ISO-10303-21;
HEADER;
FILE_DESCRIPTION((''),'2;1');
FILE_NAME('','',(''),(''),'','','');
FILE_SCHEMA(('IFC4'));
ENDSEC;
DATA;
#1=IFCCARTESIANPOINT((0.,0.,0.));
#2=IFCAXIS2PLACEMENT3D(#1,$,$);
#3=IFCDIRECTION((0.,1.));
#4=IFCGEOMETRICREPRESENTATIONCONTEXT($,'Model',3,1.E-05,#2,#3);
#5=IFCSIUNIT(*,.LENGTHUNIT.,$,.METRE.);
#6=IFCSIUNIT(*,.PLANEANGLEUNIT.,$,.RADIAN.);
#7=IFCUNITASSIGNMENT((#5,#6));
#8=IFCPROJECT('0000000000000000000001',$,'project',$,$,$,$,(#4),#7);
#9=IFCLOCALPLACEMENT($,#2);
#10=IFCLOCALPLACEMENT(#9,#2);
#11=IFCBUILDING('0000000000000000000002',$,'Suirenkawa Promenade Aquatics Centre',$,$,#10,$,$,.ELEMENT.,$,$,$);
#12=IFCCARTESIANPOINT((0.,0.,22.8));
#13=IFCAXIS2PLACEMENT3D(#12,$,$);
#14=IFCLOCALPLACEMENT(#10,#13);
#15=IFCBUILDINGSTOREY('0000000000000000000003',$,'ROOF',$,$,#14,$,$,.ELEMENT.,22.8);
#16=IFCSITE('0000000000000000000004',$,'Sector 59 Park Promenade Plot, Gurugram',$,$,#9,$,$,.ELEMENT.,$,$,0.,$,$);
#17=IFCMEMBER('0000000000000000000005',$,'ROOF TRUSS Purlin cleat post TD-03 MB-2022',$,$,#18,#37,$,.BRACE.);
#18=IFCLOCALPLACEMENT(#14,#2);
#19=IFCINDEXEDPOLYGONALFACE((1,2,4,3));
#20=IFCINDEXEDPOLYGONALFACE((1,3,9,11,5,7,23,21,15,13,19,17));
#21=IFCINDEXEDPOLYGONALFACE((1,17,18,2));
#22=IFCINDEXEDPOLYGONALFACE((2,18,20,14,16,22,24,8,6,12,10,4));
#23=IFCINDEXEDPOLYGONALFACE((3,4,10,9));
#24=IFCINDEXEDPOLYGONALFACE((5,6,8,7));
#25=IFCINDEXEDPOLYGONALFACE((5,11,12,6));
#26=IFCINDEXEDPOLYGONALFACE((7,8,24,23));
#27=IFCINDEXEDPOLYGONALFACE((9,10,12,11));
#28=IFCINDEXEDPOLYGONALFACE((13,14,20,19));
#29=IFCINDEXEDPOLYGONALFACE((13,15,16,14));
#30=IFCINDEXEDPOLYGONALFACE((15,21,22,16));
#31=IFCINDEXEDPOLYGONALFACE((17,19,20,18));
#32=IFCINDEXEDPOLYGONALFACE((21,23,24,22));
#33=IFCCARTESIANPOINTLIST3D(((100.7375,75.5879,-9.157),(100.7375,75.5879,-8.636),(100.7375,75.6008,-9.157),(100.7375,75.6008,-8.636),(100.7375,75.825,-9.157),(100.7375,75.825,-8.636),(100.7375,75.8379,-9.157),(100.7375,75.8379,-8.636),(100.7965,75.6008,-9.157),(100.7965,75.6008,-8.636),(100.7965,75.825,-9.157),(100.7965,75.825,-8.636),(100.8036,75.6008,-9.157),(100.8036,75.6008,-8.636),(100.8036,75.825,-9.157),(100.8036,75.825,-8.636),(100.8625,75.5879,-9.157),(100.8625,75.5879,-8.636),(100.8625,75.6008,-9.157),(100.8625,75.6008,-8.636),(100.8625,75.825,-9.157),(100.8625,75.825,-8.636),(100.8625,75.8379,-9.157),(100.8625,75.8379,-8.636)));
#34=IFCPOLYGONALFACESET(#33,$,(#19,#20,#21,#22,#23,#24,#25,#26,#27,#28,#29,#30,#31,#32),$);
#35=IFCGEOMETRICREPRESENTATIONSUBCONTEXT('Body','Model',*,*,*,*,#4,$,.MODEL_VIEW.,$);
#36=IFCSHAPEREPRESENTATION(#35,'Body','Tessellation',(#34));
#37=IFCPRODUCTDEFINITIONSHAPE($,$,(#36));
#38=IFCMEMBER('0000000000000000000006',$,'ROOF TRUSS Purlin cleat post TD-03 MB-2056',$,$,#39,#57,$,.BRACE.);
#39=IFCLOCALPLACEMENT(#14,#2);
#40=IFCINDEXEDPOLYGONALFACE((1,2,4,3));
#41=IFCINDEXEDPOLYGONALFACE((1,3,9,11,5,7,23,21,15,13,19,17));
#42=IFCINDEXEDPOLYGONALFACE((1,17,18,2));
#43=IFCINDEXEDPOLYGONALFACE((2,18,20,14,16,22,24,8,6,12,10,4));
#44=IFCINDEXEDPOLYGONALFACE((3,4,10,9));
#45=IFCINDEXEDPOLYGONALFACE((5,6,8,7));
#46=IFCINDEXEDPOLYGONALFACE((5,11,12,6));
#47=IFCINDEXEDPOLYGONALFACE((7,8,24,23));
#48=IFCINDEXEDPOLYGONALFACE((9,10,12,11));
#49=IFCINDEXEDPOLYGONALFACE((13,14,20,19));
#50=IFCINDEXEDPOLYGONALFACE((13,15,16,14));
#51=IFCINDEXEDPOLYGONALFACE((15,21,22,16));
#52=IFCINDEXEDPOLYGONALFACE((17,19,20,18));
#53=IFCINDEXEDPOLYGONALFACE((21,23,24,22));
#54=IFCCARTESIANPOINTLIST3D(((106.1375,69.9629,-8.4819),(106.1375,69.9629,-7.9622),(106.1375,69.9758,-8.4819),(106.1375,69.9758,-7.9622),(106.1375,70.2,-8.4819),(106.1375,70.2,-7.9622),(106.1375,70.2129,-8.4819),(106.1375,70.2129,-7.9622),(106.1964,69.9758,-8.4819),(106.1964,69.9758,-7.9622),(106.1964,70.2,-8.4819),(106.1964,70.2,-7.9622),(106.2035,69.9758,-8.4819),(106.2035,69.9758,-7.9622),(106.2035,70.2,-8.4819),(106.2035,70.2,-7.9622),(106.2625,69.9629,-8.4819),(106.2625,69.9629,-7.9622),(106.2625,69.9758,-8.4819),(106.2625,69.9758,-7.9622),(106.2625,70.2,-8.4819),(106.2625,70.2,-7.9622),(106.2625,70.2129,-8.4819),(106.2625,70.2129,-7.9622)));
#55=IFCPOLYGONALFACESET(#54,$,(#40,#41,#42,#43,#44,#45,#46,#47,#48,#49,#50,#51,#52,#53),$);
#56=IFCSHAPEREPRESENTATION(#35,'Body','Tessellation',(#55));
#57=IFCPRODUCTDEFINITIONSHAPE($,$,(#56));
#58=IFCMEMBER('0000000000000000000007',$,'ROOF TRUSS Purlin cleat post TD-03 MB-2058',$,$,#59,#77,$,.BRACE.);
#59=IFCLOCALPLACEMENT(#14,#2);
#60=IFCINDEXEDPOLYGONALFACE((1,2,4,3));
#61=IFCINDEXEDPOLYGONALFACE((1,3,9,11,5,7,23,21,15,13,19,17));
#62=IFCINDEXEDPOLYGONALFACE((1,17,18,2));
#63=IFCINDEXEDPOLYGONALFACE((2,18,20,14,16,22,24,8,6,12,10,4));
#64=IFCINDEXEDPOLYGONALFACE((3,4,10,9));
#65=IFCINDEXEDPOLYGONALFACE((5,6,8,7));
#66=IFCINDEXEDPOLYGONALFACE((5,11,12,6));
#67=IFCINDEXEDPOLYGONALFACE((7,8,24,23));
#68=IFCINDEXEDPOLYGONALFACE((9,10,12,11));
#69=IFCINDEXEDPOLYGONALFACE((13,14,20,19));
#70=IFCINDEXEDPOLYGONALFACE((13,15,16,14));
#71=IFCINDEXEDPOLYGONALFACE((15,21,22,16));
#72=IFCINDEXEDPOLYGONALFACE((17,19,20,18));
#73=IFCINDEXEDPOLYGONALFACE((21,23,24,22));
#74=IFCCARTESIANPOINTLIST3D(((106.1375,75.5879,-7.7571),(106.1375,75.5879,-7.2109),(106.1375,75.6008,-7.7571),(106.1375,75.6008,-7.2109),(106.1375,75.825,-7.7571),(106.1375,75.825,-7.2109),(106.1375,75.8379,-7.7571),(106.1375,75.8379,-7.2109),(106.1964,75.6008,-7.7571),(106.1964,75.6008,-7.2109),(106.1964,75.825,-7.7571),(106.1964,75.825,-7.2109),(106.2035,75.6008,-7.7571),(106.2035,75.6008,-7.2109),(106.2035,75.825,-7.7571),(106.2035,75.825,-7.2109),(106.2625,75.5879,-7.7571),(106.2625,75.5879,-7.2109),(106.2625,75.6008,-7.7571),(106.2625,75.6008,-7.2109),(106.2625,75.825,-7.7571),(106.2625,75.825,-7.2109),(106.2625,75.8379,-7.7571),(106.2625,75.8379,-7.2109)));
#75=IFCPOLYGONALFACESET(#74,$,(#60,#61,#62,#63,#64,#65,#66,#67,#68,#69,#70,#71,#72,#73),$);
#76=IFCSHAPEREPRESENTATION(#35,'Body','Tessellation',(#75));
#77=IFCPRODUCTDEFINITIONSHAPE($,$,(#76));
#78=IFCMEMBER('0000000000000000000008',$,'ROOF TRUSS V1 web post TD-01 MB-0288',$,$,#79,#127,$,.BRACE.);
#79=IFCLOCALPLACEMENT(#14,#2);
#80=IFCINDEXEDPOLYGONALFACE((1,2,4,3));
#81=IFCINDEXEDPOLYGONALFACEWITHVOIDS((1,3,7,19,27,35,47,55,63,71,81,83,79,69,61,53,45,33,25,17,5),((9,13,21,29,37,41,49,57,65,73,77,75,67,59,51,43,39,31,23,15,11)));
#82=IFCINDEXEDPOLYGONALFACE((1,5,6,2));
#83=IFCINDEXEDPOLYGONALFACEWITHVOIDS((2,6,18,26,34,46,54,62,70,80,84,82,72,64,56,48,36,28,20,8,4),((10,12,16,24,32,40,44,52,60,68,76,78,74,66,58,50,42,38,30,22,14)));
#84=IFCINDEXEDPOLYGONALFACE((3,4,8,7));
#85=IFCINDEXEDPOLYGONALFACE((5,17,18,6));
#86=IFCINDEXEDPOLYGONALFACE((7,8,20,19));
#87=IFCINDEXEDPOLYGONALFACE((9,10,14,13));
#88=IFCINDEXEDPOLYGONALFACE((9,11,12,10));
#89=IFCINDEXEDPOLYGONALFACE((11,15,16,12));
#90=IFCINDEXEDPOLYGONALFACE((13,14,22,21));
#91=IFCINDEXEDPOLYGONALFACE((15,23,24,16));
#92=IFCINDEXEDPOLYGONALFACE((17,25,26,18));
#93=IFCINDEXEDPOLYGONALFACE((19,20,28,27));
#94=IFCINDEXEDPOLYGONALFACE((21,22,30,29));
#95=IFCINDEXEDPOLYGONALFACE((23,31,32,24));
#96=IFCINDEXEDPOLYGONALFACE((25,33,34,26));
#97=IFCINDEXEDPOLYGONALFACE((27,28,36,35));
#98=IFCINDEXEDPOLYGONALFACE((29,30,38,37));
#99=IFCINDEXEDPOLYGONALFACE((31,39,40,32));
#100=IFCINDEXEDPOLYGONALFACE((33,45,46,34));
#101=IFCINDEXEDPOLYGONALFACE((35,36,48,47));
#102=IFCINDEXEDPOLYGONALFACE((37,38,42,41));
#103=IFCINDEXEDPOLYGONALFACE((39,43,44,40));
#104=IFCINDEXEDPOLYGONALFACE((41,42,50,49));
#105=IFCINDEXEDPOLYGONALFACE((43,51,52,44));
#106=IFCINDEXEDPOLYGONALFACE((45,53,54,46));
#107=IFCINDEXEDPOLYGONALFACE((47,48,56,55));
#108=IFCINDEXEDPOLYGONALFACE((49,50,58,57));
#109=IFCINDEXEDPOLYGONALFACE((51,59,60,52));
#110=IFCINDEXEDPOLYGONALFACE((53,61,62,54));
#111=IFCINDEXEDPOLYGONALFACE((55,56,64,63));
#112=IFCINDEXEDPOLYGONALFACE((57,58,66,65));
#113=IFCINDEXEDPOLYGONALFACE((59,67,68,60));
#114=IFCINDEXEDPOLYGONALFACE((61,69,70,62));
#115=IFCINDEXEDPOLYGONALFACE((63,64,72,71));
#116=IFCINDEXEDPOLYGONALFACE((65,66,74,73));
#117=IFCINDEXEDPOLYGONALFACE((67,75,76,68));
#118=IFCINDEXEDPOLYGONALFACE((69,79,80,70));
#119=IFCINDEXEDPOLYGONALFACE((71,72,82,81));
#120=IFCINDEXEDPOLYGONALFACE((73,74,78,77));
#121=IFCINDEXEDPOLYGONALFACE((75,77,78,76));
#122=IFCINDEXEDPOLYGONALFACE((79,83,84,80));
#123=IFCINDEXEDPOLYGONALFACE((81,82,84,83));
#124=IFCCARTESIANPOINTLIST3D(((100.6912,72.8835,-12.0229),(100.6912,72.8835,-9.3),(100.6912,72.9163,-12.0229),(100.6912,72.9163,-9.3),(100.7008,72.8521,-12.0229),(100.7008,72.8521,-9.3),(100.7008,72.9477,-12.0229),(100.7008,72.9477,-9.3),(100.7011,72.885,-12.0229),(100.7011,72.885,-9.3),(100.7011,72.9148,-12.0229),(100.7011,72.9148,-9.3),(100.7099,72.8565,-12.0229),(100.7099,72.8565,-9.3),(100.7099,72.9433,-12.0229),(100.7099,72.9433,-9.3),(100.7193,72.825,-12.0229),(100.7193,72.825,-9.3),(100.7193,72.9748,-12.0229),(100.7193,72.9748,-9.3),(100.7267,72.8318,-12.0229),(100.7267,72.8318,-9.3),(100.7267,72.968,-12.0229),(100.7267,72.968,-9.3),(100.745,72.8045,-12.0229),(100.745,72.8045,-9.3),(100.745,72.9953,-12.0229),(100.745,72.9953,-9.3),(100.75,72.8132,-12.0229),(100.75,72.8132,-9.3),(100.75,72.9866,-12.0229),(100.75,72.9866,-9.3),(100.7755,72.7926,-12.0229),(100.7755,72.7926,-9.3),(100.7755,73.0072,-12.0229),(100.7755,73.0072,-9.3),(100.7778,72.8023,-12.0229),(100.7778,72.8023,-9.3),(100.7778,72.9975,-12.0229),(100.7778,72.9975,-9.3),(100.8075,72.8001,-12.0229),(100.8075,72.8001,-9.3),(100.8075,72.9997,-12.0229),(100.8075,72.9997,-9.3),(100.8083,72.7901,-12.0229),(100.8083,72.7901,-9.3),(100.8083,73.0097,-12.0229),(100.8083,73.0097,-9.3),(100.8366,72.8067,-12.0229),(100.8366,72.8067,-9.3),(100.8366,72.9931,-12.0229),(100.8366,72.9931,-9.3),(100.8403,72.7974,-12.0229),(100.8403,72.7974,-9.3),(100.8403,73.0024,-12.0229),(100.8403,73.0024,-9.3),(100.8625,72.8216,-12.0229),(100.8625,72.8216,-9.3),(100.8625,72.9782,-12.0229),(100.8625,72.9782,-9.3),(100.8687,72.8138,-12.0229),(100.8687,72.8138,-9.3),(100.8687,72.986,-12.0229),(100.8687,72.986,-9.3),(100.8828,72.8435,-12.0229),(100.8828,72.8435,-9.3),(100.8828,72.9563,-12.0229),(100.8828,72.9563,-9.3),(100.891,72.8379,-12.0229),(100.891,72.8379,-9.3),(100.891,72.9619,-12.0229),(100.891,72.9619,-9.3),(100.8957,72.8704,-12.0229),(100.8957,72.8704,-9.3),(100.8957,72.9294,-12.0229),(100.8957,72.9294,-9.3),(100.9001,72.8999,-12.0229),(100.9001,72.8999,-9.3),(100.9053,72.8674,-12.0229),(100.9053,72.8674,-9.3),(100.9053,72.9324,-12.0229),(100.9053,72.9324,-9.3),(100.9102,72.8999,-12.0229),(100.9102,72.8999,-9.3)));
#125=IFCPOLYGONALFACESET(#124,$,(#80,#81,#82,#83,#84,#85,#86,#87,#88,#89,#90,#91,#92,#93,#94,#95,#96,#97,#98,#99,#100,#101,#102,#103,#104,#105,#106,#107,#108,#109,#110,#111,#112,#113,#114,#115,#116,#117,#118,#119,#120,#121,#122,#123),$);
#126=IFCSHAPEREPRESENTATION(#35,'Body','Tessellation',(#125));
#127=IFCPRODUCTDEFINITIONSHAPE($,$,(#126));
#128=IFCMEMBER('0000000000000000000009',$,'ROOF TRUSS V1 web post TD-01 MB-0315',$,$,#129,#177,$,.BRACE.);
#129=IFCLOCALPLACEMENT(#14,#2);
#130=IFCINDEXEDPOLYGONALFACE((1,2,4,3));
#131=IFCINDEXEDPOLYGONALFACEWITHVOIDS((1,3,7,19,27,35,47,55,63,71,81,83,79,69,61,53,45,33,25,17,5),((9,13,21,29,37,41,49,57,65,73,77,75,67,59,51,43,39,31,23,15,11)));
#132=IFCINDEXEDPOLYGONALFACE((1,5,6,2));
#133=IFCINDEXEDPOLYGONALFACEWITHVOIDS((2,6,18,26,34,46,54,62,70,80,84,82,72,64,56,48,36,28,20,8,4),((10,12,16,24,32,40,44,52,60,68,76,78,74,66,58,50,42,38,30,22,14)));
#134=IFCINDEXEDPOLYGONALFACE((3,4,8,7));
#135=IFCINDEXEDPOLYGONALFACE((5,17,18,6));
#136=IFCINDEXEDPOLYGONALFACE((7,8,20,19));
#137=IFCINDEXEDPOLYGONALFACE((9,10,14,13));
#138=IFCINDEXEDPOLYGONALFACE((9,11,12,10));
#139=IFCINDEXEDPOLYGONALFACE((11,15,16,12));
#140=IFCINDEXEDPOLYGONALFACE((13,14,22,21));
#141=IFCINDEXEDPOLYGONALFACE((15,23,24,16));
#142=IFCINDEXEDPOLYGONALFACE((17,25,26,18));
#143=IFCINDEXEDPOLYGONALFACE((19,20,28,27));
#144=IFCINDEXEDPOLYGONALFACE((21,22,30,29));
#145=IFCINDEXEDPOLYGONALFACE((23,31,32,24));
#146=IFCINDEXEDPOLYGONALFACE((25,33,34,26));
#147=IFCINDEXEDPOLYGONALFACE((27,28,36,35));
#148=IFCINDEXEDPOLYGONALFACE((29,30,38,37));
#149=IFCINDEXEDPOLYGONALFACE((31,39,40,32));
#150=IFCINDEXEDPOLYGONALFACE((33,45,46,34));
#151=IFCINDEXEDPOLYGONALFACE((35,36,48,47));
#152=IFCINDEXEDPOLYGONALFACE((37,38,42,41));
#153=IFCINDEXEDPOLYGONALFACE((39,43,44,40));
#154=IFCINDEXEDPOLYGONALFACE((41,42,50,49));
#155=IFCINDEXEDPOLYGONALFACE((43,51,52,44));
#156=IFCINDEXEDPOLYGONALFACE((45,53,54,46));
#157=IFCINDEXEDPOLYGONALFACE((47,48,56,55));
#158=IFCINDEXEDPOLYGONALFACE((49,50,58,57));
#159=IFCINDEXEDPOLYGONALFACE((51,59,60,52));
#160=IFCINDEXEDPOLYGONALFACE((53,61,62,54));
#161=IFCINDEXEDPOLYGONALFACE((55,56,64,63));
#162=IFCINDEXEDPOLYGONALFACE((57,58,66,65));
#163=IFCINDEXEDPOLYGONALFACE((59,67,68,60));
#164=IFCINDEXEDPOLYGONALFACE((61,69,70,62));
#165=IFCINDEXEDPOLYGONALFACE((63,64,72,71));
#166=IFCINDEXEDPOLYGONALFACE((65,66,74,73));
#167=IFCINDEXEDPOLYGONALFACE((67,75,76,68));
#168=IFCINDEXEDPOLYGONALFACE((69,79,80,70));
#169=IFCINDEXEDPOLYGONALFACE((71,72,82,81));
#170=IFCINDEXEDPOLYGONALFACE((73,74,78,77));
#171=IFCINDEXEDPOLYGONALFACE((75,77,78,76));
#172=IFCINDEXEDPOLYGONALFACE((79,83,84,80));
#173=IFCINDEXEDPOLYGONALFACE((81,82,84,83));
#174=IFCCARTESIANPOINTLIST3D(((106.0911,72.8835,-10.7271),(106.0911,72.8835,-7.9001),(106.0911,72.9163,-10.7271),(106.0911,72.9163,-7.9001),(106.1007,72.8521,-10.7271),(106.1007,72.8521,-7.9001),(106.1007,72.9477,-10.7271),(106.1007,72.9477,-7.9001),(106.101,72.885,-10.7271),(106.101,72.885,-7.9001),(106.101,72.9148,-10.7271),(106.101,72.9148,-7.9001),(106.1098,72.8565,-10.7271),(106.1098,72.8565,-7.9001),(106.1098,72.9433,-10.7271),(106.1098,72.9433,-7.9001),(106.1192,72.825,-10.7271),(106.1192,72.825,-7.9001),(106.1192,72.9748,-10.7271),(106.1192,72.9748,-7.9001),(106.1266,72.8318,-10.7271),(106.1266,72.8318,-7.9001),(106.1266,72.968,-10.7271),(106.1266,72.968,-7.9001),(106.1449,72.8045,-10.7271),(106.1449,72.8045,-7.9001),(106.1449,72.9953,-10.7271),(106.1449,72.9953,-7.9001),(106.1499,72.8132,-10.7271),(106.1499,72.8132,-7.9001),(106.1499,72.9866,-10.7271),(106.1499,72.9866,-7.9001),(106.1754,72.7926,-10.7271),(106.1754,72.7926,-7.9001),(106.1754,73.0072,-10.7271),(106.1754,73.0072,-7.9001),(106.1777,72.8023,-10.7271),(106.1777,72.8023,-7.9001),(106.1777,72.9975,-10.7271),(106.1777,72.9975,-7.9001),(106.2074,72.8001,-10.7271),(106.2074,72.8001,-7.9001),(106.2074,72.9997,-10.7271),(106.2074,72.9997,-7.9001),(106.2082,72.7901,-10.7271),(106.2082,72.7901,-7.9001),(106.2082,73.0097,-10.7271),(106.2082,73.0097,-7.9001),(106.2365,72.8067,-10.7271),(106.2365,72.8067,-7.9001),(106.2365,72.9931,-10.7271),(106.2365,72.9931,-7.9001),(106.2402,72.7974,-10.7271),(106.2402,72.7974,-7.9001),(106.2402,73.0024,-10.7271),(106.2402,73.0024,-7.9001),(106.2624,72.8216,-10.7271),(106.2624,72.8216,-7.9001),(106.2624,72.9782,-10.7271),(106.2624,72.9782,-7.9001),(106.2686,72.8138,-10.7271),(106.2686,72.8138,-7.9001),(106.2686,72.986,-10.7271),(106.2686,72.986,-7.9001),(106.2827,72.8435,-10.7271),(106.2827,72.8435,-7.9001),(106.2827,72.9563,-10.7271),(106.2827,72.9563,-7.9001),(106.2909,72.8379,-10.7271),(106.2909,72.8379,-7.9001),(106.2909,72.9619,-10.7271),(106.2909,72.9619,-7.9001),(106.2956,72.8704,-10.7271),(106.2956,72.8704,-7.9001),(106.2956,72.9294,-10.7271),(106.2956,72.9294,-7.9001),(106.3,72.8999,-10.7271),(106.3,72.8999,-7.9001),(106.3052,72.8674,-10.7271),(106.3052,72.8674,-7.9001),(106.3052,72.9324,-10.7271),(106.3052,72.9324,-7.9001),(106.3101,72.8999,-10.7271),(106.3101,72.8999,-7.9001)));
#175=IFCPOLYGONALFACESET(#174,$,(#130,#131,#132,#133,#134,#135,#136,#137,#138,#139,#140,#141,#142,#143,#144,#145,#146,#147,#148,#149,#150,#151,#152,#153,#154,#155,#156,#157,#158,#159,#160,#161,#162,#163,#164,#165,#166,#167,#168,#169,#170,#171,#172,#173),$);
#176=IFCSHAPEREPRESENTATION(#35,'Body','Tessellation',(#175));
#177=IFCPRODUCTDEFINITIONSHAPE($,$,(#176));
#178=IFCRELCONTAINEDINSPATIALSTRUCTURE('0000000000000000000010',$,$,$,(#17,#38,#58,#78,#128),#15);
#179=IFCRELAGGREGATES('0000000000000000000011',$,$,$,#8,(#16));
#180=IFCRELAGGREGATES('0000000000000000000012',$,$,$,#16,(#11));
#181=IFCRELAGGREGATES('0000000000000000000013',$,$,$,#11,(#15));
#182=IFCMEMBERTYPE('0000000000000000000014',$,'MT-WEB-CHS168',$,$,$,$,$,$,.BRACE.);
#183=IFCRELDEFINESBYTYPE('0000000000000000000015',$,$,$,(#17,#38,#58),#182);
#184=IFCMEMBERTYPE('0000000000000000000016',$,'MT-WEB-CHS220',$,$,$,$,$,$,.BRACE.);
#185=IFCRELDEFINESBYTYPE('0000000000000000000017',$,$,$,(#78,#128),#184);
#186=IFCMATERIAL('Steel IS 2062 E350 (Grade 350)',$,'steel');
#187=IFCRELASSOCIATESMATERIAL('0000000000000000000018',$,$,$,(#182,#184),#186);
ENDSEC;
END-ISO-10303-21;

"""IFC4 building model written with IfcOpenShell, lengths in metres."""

from ifc_helpers import new_model, si_unit, direction, frame, origin, origin_2d, place, context, subcontext, project, spatial, hollow_circle, i_section, extrude, material, material_profile, profile_set, type_object, element, save


model = new_model("IFC4")

# Units and contexts
model_context = context("Model", 3, precision=1e-05, world=origin(), true_north=direction((0.0, 1.0)))
body_context = subcontext(model_context, "Body", "Model", "MODEL_VIEW")
ifc_project = project(units=[si_unit("LENGTHUNIT", "METRE"), si_unit("PLANEANGLEUNIT", "RADIAN")], contexts=[model_context])

# Site, building, storey
site_placement = place(None, origin())
site = spatial("IfcSite", under=ifc_project, at=site_placement, Name="Sector 59 Park Promenade Plot, Gurugram", CompositionType="ELEMENT", RefElevation=0.0)
building_placement = place(site_placement, origin())
building = spatial("IfcBuilding", under=site, at=building_placement, Name="Suirenkawa Promenade Aquatics Centre", CompositionType="ELEMENT")
storey_placement = place(building_placement, frame((0.0, 0.0, 22.8)))
storey = spatial("IfcBuildingStorey", under=building, at=storey_placement, Name="ROOF", CompositionType="ELEMENT", Elevation=22.8)

# Shared definitions
ifc_material = material(Name="Steel IS 2062 E350 (Grade 350)", Category="steel")

# Members
ifc_material_profile_1 = material_profile(ifc_material, i_section(OverallWidth=0.125, OverallDepth=0.25, WebThickness=0.0071, FlangeThickness=0.0129, at=origin_2d()), Name="ISMB 250", Category="steel")
ifc_profile_set_1 = profile_set([ifc_material_profile_1], Name="Steel IS 2062 E350 (Grade 350)")
member_type_1 = type_object("IfcMemberType", Name="MT-WEB-CHS168", PredefinedType="BRACE", material=ifc_profile_set_1)
member_1_placement = place(storey_placement, frame((100.8, 75.7129, -9.157), z_axis=(0.0, 0.0, 1.0), x_axis=(1.0, 0.0, 0.0)))
element("IfcMember", 1, at=member_1_placement, inside=storey, type_object=member_type_1, Name="ROOF TRUSS Purlin cleat post TD-03 MB-2022", PredefinedType="BRACE", context=body_context, shape_type="SweptSolid", body=[
    extrude(i_section(OverallWidth=0.125, OverallDepth=0.25, WebThickness=0.0071, FlangeThickness=0.0129, at=origin_2d()), origin(), (0.0, 0.0, 1.0), 0.521),
])
member_2_placement = place(storey_placement, frame((106.2, 70.0879, -8.4819), z_axis=(0.0, 0.0, 1.0), x_axis=(1.0, 0.0, 0.0)))
element("IfcMember", 2, at=member_2_placement, inside=storey, type_object=member_type_1, Name="ROOF TRUSS Purlin cleat post TD-03 MB-2056", PredefinedType="BRACE", context=body_context, shape_type="SweptSolid", body=[
    extrude(i_section(OverallWidth=0.125, OverallDepth=0.25, WebThickness=0.0071, FlangeThickness=0.0129, at=origin_2d()), origin(), (0.0, 0.0, 1.0), 0.5198),
])
member_3_placement = place(storey_placement, frame((106.2, 75.7129, -7.7571), z_axis=(0.0, 0.0, 1.0), x_axis=(1.0, 0.0, 0.0)))
element("IfcMember", 3, at=member_3_placement, inside=storey, type_object=member_type_1, Name="ROOF TRUSS Purlin cleat post TD-03 MB-2058", PredefinedType="BRACE", context=body_context, shape_type="SweptSolid", body=[
    extrude(i_section(OverallWidth=0.125, OverallDepth=0.25, WebThickness=0.0071, FlangeThickness=0.0129, at=origin_2d()), origin(), (0.0, 0.0, 1.0), 0.5461),
])
ifc_material_profile_2 = material_profile(ifc_material, hollow_circle(Radius=0.1101, WallThickness=0.01, at=origin_2d()), Name="CHS 220x10", Category="steel")
ifc_profile_set_2 = profile_set([ifc_material_profile_2], Name="Steel IS 2062 E350 (Grade 350)")
member_type_2 = type_object("IfcMemberType", Name="MT-WEB-CHS220", PredefinedType="BRACE", material=ifc_profile_set_2)
member_4_placement = place(storey_placement, frame((100.8, 72.8999, -12.0229), z_axis=(0.0, 0.0, 1.0), x_axis=(1.0, 0.0, 0.0)))
element("IfcMember", 4, at=member_4_placement, inside=storey, type_object=member_type_2, Name="ROOF TRUSS V1 web post TD-01 MB-0288", PredefinedType="BRACE", context=body_context, shape_type="SweptSolid", body=[
    extrude(hollow_circle(Radius=0.1101, WallThickness=0.01, at=origin_2d()), origin(), (0.0, 0.0, 1.0), 2.7229),
])
member_5_placement = place(storey_placement, frame((106.2, 72.8999, -10.7271), z_axis=(0.0, 0.0, 1.0), x_axis=(1.0, 0.0, 0.0)))
element("IfcMember", 5, at=member_5_placement, inside=storey, type_object=member_type_2, Name="ROOF TRUSS V1 web post TD-01 MB-0315", PredefinedType="BRACE", context=body_context, shape_type="SweptSolid", body=[
    extrude(hollow_circle(Radius=0.1101, WallThickness=0.01, at=origin_2d()), origin(), (0.0, 0.0, 1.0), 2.8269),
])

save(model, "model.ifc")
